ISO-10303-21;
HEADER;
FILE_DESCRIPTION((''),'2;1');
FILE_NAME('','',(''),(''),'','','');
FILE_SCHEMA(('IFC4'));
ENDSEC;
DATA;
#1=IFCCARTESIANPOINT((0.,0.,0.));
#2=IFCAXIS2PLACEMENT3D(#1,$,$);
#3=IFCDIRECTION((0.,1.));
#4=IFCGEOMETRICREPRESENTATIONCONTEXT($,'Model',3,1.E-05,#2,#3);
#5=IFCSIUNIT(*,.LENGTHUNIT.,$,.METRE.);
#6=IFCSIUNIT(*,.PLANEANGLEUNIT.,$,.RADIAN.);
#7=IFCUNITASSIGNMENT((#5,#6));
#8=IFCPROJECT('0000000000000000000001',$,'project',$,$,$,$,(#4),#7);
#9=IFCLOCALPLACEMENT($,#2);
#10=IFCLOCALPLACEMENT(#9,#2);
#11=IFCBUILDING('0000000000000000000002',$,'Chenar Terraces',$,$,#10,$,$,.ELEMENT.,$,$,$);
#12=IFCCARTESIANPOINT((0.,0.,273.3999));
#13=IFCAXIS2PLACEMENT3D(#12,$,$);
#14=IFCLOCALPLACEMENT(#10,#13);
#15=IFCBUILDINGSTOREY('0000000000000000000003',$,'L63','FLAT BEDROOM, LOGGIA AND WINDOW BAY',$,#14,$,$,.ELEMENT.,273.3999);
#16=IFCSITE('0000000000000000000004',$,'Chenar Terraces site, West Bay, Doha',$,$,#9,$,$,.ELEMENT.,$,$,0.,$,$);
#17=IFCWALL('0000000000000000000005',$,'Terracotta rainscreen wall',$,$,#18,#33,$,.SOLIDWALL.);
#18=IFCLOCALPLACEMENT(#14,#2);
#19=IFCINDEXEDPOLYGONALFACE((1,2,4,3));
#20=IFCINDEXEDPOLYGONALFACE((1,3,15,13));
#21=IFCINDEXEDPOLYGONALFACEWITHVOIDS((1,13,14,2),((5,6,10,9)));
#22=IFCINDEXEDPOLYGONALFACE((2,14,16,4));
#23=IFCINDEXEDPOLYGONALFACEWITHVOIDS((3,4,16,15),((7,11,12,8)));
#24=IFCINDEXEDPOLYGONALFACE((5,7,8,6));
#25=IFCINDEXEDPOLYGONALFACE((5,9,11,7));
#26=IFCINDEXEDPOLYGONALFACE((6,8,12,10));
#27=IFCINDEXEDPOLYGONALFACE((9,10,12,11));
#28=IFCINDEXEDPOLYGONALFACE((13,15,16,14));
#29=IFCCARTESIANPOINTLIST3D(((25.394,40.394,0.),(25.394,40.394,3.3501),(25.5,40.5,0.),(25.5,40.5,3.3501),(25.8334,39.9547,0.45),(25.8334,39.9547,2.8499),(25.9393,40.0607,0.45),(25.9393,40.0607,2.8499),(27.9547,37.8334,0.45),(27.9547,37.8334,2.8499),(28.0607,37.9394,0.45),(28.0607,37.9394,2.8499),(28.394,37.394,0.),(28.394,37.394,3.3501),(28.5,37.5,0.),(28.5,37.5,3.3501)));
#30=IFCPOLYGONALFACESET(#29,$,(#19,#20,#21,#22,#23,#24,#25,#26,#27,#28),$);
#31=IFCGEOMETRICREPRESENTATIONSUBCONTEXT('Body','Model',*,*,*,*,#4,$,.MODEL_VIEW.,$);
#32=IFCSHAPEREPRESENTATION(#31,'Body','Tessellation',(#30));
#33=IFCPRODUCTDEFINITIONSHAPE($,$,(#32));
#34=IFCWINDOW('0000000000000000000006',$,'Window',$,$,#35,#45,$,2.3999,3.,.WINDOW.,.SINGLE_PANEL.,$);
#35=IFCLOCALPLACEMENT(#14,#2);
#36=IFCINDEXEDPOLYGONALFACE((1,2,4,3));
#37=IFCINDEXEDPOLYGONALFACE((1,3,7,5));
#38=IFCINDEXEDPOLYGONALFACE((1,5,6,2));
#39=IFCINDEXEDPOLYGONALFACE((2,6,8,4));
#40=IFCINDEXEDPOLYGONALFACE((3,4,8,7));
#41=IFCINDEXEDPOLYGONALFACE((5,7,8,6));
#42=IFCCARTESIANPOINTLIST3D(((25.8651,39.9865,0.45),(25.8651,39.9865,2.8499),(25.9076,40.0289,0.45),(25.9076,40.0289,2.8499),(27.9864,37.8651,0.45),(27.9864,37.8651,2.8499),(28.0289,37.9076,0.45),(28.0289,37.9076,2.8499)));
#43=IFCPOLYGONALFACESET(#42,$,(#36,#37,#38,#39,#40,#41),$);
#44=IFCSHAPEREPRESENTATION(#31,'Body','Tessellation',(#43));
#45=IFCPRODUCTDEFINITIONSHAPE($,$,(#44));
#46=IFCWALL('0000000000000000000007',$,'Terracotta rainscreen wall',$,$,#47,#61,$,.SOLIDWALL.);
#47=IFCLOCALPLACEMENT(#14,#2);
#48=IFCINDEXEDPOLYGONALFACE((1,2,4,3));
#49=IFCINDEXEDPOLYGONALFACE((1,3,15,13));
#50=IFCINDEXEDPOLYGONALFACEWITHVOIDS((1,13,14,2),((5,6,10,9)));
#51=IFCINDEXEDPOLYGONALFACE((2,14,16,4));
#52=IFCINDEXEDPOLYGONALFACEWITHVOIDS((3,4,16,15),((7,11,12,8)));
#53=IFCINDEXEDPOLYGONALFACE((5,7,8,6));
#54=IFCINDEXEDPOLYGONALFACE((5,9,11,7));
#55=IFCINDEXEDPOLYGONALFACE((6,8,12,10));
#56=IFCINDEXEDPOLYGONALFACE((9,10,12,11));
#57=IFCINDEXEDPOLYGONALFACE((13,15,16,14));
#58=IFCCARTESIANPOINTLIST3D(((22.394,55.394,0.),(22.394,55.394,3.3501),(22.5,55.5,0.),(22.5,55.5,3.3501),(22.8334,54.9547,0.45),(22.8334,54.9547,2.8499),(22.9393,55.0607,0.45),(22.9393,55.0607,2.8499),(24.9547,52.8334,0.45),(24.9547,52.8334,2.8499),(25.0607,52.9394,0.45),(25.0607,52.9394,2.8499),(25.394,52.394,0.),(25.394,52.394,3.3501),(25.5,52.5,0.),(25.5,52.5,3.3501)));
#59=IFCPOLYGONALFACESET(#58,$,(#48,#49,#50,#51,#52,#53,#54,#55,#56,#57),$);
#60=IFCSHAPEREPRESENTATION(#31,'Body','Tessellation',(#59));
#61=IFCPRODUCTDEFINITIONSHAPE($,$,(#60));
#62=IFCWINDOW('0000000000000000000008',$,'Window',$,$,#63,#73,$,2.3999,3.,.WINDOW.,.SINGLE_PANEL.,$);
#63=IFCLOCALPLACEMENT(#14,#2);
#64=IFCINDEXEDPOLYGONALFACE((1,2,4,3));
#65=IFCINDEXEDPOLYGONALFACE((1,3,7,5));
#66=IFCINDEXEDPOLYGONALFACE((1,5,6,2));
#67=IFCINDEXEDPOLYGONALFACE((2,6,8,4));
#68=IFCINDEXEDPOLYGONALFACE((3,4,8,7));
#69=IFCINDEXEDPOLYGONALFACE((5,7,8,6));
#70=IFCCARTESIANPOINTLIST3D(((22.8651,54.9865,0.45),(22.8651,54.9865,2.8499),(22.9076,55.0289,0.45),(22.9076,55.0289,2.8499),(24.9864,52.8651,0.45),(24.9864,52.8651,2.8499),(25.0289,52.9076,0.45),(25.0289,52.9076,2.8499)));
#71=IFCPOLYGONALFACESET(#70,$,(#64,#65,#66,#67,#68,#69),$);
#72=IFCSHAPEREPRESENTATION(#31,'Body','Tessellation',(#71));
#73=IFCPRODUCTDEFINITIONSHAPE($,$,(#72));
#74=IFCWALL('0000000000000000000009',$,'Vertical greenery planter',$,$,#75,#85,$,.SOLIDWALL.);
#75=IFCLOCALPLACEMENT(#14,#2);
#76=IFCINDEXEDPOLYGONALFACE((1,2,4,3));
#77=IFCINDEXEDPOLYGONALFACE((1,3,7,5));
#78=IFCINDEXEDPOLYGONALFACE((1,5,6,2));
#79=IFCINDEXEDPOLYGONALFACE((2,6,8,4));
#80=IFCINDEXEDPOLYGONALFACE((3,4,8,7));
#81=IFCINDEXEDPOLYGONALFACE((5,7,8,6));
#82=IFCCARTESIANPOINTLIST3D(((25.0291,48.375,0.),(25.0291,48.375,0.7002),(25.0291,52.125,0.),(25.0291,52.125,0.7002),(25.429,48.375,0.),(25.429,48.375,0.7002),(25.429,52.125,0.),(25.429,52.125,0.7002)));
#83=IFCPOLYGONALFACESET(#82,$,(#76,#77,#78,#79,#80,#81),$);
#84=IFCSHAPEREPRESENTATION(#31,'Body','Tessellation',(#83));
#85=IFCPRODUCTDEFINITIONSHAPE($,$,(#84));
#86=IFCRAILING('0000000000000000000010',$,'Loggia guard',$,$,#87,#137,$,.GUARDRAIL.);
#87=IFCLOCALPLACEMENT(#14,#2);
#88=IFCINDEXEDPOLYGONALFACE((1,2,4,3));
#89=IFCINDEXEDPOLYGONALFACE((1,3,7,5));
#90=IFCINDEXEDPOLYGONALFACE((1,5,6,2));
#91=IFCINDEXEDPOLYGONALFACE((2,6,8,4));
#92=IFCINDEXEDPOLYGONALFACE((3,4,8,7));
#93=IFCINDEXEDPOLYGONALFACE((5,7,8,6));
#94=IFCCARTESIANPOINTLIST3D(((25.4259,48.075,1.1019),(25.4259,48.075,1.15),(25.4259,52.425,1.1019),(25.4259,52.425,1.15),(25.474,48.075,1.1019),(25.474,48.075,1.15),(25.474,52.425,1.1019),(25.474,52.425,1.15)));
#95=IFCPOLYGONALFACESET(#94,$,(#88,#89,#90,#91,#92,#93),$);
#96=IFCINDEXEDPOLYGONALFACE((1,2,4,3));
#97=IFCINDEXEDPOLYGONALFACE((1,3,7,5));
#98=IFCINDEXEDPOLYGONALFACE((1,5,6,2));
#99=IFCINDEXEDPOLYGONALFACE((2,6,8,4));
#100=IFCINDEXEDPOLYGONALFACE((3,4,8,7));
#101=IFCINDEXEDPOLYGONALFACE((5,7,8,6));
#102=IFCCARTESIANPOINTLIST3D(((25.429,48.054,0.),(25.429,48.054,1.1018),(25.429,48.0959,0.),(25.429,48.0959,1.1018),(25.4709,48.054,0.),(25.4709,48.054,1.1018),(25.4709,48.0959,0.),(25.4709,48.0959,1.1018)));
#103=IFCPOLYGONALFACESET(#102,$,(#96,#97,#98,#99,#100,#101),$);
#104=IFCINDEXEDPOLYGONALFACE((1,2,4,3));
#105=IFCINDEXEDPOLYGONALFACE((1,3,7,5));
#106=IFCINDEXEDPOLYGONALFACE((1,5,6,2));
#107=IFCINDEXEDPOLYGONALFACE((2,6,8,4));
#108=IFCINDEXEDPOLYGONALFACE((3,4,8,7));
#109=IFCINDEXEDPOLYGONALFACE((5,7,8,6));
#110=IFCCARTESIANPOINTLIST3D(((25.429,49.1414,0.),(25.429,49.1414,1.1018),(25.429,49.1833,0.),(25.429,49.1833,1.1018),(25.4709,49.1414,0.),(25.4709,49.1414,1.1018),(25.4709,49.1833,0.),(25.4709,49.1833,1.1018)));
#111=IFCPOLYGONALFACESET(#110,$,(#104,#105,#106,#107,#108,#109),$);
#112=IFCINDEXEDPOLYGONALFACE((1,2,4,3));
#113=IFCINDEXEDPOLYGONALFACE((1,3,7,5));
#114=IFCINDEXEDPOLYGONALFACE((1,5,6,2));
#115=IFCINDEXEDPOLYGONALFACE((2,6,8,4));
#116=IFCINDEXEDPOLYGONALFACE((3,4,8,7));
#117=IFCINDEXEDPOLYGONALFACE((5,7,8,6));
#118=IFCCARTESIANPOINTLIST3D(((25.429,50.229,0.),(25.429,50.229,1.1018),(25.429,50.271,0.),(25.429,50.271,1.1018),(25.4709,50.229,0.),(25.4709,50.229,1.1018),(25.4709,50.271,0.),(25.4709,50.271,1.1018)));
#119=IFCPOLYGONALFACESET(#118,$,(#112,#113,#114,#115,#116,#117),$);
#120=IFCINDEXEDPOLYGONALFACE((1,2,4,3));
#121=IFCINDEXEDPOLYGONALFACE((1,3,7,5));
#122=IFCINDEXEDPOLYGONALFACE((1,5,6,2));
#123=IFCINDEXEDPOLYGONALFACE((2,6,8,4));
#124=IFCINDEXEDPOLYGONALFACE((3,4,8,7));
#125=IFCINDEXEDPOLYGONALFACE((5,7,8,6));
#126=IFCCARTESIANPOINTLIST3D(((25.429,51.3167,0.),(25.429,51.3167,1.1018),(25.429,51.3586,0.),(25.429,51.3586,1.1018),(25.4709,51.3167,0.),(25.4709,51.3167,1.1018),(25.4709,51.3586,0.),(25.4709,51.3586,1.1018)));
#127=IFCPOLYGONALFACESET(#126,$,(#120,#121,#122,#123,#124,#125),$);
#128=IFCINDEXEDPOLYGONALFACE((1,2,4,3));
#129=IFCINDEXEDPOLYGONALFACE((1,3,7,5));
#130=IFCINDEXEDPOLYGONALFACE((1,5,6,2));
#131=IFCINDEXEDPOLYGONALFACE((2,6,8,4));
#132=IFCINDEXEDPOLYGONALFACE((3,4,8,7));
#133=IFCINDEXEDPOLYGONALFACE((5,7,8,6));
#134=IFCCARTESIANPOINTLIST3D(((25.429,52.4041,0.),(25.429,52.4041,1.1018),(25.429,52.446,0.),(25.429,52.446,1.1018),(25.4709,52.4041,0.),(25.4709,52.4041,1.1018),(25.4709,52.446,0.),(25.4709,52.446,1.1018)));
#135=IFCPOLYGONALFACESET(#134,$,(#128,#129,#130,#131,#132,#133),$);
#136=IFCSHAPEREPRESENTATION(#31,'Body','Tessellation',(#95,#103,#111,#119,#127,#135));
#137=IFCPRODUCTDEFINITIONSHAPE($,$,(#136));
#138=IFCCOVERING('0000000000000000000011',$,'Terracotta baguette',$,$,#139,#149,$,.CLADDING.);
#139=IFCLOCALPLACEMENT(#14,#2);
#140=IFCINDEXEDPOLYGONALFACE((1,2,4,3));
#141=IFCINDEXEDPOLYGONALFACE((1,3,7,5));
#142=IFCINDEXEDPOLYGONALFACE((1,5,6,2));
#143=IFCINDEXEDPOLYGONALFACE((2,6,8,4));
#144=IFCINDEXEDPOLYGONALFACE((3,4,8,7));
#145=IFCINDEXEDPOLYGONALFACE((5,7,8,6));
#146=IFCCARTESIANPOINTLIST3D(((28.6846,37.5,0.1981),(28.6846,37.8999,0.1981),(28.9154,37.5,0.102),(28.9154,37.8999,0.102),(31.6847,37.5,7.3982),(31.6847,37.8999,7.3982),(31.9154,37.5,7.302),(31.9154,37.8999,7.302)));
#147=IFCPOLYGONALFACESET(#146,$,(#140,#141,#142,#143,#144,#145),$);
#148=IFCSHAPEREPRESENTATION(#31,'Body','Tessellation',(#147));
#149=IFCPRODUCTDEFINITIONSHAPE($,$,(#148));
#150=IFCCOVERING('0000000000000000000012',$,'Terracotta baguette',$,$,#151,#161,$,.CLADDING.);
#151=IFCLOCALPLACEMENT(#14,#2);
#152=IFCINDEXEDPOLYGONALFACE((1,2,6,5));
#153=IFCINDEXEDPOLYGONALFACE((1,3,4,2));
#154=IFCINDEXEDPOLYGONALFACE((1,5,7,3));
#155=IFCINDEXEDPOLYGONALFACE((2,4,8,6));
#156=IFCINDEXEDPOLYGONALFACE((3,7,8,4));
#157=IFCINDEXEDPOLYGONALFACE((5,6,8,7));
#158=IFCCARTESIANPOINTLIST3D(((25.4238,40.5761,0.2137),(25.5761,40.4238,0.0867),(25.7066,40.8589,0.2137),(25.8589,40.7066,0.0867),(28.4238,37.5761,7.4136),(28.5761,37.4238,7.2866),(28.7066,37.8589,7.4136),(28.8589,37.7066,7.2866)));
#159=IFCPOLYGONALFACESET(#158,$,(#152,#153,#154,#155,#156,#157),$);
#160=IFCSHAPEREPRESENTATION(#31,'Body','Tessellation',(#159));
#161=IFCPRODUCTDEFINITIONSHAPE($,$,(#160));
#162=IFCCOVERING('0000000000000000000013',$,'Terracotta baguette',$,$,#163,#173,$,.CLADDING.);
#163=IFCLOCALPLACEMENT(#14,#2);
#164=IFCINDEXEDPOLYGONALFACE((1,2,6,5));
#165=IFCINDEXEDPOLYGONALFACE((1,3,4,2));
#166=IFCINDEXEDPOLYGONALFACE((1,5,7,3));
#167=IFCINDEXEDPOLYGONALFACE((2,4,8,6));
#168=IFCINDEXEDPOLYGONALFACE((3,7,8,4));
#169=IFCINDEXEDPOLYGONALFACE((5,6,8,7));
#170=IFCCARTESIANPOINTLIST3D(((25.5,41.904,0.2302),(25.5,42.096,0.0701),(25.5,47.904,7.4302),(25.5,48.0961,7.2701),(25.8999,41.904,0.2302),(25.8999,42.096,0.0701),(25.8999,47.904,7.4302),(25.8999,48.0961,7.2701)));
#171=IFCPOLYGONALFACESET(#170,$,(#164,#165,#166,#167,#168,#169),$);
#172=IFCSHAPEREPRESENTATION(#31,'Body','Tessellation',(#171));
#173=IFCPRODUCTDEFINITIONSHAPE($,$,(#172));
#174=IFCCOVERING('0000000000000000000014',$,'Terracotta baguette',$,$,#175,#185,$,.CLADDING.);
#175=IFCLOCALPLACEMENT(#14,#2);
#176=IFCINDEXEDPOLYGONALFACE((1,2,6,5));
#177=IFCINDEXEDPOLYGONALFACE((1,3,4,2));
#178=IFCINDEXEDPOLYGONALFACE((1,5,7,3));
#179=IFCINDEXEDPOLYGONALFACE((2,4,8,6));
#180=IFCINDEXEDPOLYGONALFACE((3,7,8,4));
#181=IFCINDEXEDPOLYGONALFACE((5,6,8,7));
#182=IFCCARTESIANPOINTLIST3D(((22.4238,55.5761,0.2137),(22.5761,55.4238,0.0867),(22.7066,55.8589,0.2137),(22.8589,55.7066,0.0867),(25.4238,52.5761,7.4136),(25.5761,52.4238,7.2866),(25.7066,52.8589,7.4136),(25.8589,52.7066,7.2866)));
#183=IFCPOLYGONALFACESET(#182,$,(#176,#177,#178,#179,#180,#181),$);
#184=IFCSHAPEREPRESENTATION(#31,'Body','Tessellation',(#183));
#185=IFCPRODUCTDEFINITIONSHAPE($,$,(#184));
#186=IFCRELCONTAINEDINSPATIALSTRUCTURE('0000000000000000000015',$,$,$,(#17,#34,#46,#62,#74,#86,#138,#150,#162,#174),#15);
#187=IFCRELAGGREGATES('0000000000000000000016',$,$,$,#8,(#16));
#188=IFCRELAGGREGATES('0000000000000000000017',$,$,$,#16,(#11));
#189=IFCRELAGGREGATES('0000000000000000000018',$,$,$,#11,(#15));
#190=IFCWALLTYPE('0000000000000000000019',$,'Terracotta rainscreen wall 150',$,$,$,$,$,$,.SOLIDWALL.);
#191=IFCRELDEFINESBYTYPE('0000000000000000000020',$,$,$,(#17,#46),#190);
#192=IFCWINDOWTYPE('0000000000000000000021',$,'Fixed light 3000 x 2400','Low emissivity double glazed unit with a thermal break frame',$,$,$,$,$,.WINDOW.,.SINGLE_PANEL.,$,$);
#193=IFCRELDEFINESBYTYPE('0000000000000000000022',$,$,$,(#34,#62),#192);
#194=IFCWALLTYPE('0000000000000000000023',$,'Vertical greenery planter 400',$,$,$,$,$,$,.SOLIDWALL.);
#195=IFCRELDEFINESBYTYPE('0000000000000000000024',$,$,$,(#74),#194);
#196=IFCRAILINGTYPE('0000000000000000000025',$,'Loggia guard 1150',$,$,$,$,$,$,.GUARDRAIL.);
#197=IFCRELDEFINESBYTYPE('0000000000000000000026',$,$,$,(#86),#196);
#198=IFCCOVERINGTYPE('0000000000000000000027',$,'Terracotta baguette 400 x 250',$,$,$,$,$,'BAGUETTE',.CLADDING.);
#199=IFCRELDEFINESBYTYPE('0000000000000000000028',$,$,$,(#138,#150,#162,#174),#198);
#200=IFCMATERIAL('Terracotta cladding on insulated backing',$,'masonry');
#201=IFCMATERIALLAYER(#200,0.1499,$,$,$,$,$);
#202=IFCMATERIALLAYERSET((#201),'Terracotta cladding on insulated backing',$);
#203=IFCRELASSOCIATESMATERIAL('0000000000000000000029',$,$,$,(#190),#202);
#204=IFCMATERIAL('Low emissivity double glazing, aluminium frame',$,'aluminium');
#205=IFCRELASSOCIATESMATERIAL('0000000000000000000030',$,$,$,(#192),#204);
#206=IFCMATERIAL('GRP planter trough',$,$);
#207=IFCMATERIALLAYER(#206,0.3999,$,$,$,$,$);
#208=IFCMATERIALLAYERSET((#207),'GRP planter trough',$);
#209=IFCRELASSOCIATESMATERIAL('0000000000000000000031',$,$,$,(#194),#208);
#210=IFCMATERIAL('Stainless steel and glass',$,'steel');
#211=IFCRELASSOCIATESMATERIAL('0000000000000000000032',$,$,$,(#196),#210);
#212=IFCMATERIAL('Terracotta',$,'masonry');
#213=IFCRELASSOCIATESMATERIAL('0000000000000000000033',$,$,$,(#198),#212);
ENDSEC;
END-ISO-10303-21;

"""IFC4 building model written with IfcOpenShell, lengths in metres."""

from ifc_helpers import new_model, si_unit, direction, frame, frame_2d, origin, origin_2d, place, context, subcontext, project, spatial, rectangle, extrude, material, layer, layer_set, material_profile, profile_set, type_object, element, fill, save


model = new_model("IFC4")

# Units and contexts
model_context = context("Model", 3, precision=1e-05, world=origin(), true_north=direction((0.0, 1.0)))
body_context = subcontext(model_context, "Body", "Model", "MODEL_VIEW")
ifc_project = project(units=[si_unit("LENGTHUNIT", "METRE"), si_unit("PLANEANGLEUNIT", "RADIAN")], contexts=[model_context])

# Site, building, storey
site_placement = place(None, origin())
site = spatial("IfcSite", under=ifc_project, at=site_placement, Name="Chenar Terraces site, West Bay, Doha", CompositionType="ELEMENT", RefElevation=0.0)
building_placement = place(site_placement, origin())
building = spatial("IfcBuilding", under=site, at=building_placement, Name="Chenar Terraces", CompositionType="ELEMENT")
storey_placement = place(building_placement, frame((0.0, 0.0, 273.3999)))
storey = spatial("IfcBuildingStorey", under=building, at=storey_placement, Name="L63", Description="FLAT BEDROOM, LOGGIA AND WINDOW BAY", CompositionType="ELEMENT", Elevation=273.3999)

# Walls, openings, windows
ifc_material_1 = material(Name="Terracotta cladding on insulated backing", Category="masonry")
ifc_layer_1 = layer(ifc_material_1, 0.1499)
ifc_layer_set_1 = layer_set([ifc_layer_1], Name="Terracotta cladding on insulated backing")
wall_type_1 = type_object("IfcWallType", Name="Terracotta rainscreen wall 150", PredefinedType="SOLIDWALL", material=ifc_layer_set_1)
wall_1_placement = place(storey_placement, frame((28.447, 37.447, 0.0), z_axis=(0.0, 0.0, 1.0), x_axis=(-0.707107, 0.707107, 0.0)))
wall_1 = element("IfcWall", 1, at=wall_1_placement, inside=storey, type_object=wall_type_1, Name="Terracotta rainscreen wall", PredefinedType="SOLIDWALL", context=body_context, shape_type="SweptSolid", body=[
    extrude(rectangle(XDim=4.2427, YDim=0.1499, at=frame_2d((2.1213, 0.0))), origin(), (0.0, 0.0, 1.0), 3.3501),
])
opening_1_placement = place(wall_1_placement, frame((0.6213, 0.0, 0.45)))
opening_1 = element("IfcOpeningElement", 2, at=opening_1_placement, cuts=wall_1, PredefinedType="OPENING", context=body_context, shape_type="SweptSolid", body=[
    extrude(rectangle(XDim=3.0, YDim=2.3999, at=frame_2d((1.5, 1.2))), frame((0.0, 0.085, 0.0), z_axis=(0.0, -1.0, 0.0), x_axis=(1.0, 0.0, 0.0)), (0.0, 0.0, 1.0), 0.1699),
])
ifc_material_2 = material(Name="Low emissivity double glazing, aluminium frame", Category="aluminium")
window_type_1 = type_object("IfcWindowType", Name="Fixed light 3000 x 2400", Description="Low emissivity double glazed unit with a thermal break frame", PartitioningType="SINGLE_PANEL", PredefinedType="WINDOW", material=ifc_material_2)
window_1_placement = place(opening_1_placement, origin())
window_1 = element("IfcWindow", 3, at=window_1_placement, inside=storey, type_object=window_type_1, Name="Window", OverallHeight=2.3999, OverallWidth=3.0, PartitioningType="SINGLE_PANEL", PredefinedType="WINDOW", context=body_context, shape_type="SweptSolid", body=[
    extrude(rectangle(XDim=3.0, YDim=2.3999, at=frame_2d((1.5, 1.2))), frame((0.0, 0.03, 0.0), z_axis=(0.0, -1.0, 0.0), x_axis=(1.0, 0.0, 0.0)), (0.0, 0.0, 1.0), 0.0601),
])
fill(opening_1, window_1)
wall_2_placement = place(storey_placement, frame((25.447, 52.447, 0.0), z_axis=(0.0, 0.0, 1.0), x_axis=(-0.707107, 0.707107, 0.0)))
wall_2 = element("IfcWall", 4, at=wall_2_placement, inside=storey, type_object=wall_type_1, Name="Terracotta rainscreen wall", PredefinedType="SOLIDWALL", context=body_context, shape_type="SweptSolid", body=[
    extrude(rectangle(XDim=4.2427, YDim=0.1499, at=frame_2d((2.1213, 0.0))), origin(), (0.0, 0.0, 1.0), 3.3501),
])
opening_2_placement = place(wall_2_placement, frame((0.6213, 0.0, 0.45)))
opening_2 = element("IfcOpeningElement", 5, at=opening_2_placement, cuts=wall_2, PredefinedType="OPENING", context=body_context, shape_type="SweptSolid", body=[
    extrude(rectangle(XDim=3.0, YDim=2.3999, at=frame_2d((1.5, 1.2))), frame((0.0, 0.085, 0.0), z_axis=(0.0, -1.0, 0.0), x_axis=(1.0, 0.0, 0.0)), (0.0, 0.0, 1.0), 0.1699),
])
window_2_placement = place(opening_2_placement, origin())
window_2 = element("IfcWindow", 6, at=window_2_placement, inside=storey, type_object=window_type_1, Name="Window", OverallHeight=2.3999, OverallWidth=3.0, PartitioningType="SINGLE_PANEL", PredefinedType="WINDOW", context=body_context, shape_type="SweptSolid", body=[
    extrude(rectangle(XDim=3.0, YDim=2.3999, at=frame_2d((1.5, 1.2))), frame((0.0, 0.03, 0.0), z_axis=(0.0, -1.0, 0.0), x_axis=(1.0, 0.0, 0.0)), (0.0, 0.0, 1.0), 0.0601),
])
fill(opening_2, window_2)

# Wall
ifc_material_3 = material(Name="GRP planter trough")
ifc_layer_2 = layer(ifc_material_3, 0.3999)
ifc_layer_set_2 = layer_set([ifc_layer_2], Name="GRP planter trough")
wall_type_2 = type_object("IfcWallType", Name="Vertical greenery planter 400", PredefinedType="SOLIDWALL", material=ifc_layer_set_2)
wall_3_placement = place(storey_placement, frame((25.229, 48.375, 0.0), z_axis=(0.0, 0.0, 1.0), x_axis=(0.0, 1.0, 0.0)))
element("IfcWall", 7, at=wall_3_placement, inside=storey, type_object=wall_type_2, Name="Vertical greenery planter", PredefinedType="SOLIDWALL", context=body_context, shape_type="SweptSolid", body=[
    extrude(rectangle(XDim=3.75, YDim=0.3999, at=frame_2d((1.875, 0.0))), origin(), (0.0, 0.0, 1.0), 0.7002),
])

# Railing
ifc_material_4 = material(Name="Stainless steel and glass", Category="steel")
railing_type = type_object("IfcRailingType", Name="Loggia guard 1150", PredefinedType="GUARDRAIL", material=ifc_material_4)
railing_placement = place(storey_placement, frame((25.45, 48.075, 0.0)))
element("IfcRailing", 8, at=railing_placement, inside=storey, type_object=railing_type, Name="Loggia guard", PredefinedType="GUARDRAIL", context=body_context, shape_type="SweptSolid", body=[
    extrude(rectangle(XDim=0.0481, YDim=0.0481, at=origin_2d()), frame((0.0, 0.0, 1.126), z_axis=(0.0, 1.0, 0.0), x_axis=(-1.0, 0.0, 0.0)), (0.0, 0.0, 1.0), 4.3501),
    extrude(rectangle(XDim=0.042, YDim=0.042, at=origin_2d()), origin(), (0.0, 0.0, 1.0), 1.1018),
    extrude(rectangle(XDim=0.042, YDim=0.042, at=origin_2d()), frame((0.0, 1.0874, 0.0)), (0.0, 0.0, 1.0), 1.1018),
    extrude(rectangle(XDim=0.042, YDim=0.042, at=origin_2d()), frame((0.0, 2.175, 0.0)), (0.0, 0.0, 1.0), 1.1018),
    extrude(rectangle(XDim=0.042, YDim=0.042, at=origin_2d()), frame((0.0, 3.2627, 0.0)), (0.0, 0.0, 1.0), 1.1018),
    extrude(rectangle(XDim=0.042, YDim=0.042, at=origin_2d()), frame((0.0, 4.3501, 0.0)), (0.0, 0.0, 1.0), 1.1018),
])

# Coverings
ifc_material_5 = material(Name="Terracotta", Category="masonry")
ifc_material_profile_1 = material_profile(ifc_material_5, rectangle(XDim=0.3999, YDim=0.25, at=origin_2d()), Name="Terracotta baguette 400 x 250")
ifc_profile_set_1 = profile_set([ifc_material_profile_1], Name="Terracotta")
covering_type = type_object("IfcCoveringType", Name="Terracotta baguette 400 x 250", ElementType="BAGUETTE", PredefinedType="CLADDING", material=ifc_profile_set_1)
covering_1_placement = place(storey_placement, frame((31.8, 37.7, 7.3501), z_axis=(-0.384618, 0.0, -0.923076), x_axis=(0.0, -1.0, 0.0)))
element("IfcCovering", 9, at=covering_1_placement, inside=storey, type_object=covering_type, Name="Terracotta baguette", PredefinedType="CLADDING", context=body_context, shape_type="SweptSolid", body=[
    extrude(rectangle(XDim=0.3999, YDim=0.25, at=origin_2d()), origin(), (0.0, 0.0, 1.0), 7.8),
])
covering_2_placement = place(storey_placement, frame((28.6414, 37.6414, 7.3501), z_axis=(-0.358981, 0.358981, -0.861548), x_axis=(-0.707107, -0.707107, 0.0)))
element("IfcCovering", 10, at=covering_2_placement, inside=storey, type_object=covering_type, Name="Terracotta baguette", PredefinedType="CLADDING", context=body_context, shape_type="SweptSolid", body=[
    extrude(rectangle(XDim=0.3999, YDim=0.25, at=origin_2d()), origin(), (0.0, 0.0, 1.0), 8.3569),
])
covering_3_placement = place(storey_placement, frame((25.7, 42.0, 0.1501), z_axis=(0.0, 0.640187, 0.768219), x_axis=(-1.0, 0.0, 0.0)))
element("IfcCovering", 11, at=covering_3_placement, inside=storey, type_object=covering_type, Name="Terracotta baguette", PredefinedType="CLADDING", context=body_context, shape_type="SweptSolid", body=[
    extrude(rectangle(XDim=0.3999, YDim=0.25, at=origin_2d()), origin(), (0.0, 0.0, 1.0), 9.3723),
])
covering_4_placement = place(storey_placement, frame((25.6414, 52.6414, 7.3501), z_axis=(-0.358981, 0.358981, -0.861548), x_axis=(-0.707107, -0.707107, 0.0)))
element("IfcCovering", 12, at=covering_4_placement, inside=storey, type_object=covering_type, Name="Terracotta baguette", PredefinedType="CLADDING", context=body_context, shape_type="SweptSolid", body=[
    extrude(rectangle(XDim=0.3999, YDim=0.25, at=origin_2d()), origin(), (0.0, 0.0, 1.0), 8.3569),
])

save(model, "model.ifc")
